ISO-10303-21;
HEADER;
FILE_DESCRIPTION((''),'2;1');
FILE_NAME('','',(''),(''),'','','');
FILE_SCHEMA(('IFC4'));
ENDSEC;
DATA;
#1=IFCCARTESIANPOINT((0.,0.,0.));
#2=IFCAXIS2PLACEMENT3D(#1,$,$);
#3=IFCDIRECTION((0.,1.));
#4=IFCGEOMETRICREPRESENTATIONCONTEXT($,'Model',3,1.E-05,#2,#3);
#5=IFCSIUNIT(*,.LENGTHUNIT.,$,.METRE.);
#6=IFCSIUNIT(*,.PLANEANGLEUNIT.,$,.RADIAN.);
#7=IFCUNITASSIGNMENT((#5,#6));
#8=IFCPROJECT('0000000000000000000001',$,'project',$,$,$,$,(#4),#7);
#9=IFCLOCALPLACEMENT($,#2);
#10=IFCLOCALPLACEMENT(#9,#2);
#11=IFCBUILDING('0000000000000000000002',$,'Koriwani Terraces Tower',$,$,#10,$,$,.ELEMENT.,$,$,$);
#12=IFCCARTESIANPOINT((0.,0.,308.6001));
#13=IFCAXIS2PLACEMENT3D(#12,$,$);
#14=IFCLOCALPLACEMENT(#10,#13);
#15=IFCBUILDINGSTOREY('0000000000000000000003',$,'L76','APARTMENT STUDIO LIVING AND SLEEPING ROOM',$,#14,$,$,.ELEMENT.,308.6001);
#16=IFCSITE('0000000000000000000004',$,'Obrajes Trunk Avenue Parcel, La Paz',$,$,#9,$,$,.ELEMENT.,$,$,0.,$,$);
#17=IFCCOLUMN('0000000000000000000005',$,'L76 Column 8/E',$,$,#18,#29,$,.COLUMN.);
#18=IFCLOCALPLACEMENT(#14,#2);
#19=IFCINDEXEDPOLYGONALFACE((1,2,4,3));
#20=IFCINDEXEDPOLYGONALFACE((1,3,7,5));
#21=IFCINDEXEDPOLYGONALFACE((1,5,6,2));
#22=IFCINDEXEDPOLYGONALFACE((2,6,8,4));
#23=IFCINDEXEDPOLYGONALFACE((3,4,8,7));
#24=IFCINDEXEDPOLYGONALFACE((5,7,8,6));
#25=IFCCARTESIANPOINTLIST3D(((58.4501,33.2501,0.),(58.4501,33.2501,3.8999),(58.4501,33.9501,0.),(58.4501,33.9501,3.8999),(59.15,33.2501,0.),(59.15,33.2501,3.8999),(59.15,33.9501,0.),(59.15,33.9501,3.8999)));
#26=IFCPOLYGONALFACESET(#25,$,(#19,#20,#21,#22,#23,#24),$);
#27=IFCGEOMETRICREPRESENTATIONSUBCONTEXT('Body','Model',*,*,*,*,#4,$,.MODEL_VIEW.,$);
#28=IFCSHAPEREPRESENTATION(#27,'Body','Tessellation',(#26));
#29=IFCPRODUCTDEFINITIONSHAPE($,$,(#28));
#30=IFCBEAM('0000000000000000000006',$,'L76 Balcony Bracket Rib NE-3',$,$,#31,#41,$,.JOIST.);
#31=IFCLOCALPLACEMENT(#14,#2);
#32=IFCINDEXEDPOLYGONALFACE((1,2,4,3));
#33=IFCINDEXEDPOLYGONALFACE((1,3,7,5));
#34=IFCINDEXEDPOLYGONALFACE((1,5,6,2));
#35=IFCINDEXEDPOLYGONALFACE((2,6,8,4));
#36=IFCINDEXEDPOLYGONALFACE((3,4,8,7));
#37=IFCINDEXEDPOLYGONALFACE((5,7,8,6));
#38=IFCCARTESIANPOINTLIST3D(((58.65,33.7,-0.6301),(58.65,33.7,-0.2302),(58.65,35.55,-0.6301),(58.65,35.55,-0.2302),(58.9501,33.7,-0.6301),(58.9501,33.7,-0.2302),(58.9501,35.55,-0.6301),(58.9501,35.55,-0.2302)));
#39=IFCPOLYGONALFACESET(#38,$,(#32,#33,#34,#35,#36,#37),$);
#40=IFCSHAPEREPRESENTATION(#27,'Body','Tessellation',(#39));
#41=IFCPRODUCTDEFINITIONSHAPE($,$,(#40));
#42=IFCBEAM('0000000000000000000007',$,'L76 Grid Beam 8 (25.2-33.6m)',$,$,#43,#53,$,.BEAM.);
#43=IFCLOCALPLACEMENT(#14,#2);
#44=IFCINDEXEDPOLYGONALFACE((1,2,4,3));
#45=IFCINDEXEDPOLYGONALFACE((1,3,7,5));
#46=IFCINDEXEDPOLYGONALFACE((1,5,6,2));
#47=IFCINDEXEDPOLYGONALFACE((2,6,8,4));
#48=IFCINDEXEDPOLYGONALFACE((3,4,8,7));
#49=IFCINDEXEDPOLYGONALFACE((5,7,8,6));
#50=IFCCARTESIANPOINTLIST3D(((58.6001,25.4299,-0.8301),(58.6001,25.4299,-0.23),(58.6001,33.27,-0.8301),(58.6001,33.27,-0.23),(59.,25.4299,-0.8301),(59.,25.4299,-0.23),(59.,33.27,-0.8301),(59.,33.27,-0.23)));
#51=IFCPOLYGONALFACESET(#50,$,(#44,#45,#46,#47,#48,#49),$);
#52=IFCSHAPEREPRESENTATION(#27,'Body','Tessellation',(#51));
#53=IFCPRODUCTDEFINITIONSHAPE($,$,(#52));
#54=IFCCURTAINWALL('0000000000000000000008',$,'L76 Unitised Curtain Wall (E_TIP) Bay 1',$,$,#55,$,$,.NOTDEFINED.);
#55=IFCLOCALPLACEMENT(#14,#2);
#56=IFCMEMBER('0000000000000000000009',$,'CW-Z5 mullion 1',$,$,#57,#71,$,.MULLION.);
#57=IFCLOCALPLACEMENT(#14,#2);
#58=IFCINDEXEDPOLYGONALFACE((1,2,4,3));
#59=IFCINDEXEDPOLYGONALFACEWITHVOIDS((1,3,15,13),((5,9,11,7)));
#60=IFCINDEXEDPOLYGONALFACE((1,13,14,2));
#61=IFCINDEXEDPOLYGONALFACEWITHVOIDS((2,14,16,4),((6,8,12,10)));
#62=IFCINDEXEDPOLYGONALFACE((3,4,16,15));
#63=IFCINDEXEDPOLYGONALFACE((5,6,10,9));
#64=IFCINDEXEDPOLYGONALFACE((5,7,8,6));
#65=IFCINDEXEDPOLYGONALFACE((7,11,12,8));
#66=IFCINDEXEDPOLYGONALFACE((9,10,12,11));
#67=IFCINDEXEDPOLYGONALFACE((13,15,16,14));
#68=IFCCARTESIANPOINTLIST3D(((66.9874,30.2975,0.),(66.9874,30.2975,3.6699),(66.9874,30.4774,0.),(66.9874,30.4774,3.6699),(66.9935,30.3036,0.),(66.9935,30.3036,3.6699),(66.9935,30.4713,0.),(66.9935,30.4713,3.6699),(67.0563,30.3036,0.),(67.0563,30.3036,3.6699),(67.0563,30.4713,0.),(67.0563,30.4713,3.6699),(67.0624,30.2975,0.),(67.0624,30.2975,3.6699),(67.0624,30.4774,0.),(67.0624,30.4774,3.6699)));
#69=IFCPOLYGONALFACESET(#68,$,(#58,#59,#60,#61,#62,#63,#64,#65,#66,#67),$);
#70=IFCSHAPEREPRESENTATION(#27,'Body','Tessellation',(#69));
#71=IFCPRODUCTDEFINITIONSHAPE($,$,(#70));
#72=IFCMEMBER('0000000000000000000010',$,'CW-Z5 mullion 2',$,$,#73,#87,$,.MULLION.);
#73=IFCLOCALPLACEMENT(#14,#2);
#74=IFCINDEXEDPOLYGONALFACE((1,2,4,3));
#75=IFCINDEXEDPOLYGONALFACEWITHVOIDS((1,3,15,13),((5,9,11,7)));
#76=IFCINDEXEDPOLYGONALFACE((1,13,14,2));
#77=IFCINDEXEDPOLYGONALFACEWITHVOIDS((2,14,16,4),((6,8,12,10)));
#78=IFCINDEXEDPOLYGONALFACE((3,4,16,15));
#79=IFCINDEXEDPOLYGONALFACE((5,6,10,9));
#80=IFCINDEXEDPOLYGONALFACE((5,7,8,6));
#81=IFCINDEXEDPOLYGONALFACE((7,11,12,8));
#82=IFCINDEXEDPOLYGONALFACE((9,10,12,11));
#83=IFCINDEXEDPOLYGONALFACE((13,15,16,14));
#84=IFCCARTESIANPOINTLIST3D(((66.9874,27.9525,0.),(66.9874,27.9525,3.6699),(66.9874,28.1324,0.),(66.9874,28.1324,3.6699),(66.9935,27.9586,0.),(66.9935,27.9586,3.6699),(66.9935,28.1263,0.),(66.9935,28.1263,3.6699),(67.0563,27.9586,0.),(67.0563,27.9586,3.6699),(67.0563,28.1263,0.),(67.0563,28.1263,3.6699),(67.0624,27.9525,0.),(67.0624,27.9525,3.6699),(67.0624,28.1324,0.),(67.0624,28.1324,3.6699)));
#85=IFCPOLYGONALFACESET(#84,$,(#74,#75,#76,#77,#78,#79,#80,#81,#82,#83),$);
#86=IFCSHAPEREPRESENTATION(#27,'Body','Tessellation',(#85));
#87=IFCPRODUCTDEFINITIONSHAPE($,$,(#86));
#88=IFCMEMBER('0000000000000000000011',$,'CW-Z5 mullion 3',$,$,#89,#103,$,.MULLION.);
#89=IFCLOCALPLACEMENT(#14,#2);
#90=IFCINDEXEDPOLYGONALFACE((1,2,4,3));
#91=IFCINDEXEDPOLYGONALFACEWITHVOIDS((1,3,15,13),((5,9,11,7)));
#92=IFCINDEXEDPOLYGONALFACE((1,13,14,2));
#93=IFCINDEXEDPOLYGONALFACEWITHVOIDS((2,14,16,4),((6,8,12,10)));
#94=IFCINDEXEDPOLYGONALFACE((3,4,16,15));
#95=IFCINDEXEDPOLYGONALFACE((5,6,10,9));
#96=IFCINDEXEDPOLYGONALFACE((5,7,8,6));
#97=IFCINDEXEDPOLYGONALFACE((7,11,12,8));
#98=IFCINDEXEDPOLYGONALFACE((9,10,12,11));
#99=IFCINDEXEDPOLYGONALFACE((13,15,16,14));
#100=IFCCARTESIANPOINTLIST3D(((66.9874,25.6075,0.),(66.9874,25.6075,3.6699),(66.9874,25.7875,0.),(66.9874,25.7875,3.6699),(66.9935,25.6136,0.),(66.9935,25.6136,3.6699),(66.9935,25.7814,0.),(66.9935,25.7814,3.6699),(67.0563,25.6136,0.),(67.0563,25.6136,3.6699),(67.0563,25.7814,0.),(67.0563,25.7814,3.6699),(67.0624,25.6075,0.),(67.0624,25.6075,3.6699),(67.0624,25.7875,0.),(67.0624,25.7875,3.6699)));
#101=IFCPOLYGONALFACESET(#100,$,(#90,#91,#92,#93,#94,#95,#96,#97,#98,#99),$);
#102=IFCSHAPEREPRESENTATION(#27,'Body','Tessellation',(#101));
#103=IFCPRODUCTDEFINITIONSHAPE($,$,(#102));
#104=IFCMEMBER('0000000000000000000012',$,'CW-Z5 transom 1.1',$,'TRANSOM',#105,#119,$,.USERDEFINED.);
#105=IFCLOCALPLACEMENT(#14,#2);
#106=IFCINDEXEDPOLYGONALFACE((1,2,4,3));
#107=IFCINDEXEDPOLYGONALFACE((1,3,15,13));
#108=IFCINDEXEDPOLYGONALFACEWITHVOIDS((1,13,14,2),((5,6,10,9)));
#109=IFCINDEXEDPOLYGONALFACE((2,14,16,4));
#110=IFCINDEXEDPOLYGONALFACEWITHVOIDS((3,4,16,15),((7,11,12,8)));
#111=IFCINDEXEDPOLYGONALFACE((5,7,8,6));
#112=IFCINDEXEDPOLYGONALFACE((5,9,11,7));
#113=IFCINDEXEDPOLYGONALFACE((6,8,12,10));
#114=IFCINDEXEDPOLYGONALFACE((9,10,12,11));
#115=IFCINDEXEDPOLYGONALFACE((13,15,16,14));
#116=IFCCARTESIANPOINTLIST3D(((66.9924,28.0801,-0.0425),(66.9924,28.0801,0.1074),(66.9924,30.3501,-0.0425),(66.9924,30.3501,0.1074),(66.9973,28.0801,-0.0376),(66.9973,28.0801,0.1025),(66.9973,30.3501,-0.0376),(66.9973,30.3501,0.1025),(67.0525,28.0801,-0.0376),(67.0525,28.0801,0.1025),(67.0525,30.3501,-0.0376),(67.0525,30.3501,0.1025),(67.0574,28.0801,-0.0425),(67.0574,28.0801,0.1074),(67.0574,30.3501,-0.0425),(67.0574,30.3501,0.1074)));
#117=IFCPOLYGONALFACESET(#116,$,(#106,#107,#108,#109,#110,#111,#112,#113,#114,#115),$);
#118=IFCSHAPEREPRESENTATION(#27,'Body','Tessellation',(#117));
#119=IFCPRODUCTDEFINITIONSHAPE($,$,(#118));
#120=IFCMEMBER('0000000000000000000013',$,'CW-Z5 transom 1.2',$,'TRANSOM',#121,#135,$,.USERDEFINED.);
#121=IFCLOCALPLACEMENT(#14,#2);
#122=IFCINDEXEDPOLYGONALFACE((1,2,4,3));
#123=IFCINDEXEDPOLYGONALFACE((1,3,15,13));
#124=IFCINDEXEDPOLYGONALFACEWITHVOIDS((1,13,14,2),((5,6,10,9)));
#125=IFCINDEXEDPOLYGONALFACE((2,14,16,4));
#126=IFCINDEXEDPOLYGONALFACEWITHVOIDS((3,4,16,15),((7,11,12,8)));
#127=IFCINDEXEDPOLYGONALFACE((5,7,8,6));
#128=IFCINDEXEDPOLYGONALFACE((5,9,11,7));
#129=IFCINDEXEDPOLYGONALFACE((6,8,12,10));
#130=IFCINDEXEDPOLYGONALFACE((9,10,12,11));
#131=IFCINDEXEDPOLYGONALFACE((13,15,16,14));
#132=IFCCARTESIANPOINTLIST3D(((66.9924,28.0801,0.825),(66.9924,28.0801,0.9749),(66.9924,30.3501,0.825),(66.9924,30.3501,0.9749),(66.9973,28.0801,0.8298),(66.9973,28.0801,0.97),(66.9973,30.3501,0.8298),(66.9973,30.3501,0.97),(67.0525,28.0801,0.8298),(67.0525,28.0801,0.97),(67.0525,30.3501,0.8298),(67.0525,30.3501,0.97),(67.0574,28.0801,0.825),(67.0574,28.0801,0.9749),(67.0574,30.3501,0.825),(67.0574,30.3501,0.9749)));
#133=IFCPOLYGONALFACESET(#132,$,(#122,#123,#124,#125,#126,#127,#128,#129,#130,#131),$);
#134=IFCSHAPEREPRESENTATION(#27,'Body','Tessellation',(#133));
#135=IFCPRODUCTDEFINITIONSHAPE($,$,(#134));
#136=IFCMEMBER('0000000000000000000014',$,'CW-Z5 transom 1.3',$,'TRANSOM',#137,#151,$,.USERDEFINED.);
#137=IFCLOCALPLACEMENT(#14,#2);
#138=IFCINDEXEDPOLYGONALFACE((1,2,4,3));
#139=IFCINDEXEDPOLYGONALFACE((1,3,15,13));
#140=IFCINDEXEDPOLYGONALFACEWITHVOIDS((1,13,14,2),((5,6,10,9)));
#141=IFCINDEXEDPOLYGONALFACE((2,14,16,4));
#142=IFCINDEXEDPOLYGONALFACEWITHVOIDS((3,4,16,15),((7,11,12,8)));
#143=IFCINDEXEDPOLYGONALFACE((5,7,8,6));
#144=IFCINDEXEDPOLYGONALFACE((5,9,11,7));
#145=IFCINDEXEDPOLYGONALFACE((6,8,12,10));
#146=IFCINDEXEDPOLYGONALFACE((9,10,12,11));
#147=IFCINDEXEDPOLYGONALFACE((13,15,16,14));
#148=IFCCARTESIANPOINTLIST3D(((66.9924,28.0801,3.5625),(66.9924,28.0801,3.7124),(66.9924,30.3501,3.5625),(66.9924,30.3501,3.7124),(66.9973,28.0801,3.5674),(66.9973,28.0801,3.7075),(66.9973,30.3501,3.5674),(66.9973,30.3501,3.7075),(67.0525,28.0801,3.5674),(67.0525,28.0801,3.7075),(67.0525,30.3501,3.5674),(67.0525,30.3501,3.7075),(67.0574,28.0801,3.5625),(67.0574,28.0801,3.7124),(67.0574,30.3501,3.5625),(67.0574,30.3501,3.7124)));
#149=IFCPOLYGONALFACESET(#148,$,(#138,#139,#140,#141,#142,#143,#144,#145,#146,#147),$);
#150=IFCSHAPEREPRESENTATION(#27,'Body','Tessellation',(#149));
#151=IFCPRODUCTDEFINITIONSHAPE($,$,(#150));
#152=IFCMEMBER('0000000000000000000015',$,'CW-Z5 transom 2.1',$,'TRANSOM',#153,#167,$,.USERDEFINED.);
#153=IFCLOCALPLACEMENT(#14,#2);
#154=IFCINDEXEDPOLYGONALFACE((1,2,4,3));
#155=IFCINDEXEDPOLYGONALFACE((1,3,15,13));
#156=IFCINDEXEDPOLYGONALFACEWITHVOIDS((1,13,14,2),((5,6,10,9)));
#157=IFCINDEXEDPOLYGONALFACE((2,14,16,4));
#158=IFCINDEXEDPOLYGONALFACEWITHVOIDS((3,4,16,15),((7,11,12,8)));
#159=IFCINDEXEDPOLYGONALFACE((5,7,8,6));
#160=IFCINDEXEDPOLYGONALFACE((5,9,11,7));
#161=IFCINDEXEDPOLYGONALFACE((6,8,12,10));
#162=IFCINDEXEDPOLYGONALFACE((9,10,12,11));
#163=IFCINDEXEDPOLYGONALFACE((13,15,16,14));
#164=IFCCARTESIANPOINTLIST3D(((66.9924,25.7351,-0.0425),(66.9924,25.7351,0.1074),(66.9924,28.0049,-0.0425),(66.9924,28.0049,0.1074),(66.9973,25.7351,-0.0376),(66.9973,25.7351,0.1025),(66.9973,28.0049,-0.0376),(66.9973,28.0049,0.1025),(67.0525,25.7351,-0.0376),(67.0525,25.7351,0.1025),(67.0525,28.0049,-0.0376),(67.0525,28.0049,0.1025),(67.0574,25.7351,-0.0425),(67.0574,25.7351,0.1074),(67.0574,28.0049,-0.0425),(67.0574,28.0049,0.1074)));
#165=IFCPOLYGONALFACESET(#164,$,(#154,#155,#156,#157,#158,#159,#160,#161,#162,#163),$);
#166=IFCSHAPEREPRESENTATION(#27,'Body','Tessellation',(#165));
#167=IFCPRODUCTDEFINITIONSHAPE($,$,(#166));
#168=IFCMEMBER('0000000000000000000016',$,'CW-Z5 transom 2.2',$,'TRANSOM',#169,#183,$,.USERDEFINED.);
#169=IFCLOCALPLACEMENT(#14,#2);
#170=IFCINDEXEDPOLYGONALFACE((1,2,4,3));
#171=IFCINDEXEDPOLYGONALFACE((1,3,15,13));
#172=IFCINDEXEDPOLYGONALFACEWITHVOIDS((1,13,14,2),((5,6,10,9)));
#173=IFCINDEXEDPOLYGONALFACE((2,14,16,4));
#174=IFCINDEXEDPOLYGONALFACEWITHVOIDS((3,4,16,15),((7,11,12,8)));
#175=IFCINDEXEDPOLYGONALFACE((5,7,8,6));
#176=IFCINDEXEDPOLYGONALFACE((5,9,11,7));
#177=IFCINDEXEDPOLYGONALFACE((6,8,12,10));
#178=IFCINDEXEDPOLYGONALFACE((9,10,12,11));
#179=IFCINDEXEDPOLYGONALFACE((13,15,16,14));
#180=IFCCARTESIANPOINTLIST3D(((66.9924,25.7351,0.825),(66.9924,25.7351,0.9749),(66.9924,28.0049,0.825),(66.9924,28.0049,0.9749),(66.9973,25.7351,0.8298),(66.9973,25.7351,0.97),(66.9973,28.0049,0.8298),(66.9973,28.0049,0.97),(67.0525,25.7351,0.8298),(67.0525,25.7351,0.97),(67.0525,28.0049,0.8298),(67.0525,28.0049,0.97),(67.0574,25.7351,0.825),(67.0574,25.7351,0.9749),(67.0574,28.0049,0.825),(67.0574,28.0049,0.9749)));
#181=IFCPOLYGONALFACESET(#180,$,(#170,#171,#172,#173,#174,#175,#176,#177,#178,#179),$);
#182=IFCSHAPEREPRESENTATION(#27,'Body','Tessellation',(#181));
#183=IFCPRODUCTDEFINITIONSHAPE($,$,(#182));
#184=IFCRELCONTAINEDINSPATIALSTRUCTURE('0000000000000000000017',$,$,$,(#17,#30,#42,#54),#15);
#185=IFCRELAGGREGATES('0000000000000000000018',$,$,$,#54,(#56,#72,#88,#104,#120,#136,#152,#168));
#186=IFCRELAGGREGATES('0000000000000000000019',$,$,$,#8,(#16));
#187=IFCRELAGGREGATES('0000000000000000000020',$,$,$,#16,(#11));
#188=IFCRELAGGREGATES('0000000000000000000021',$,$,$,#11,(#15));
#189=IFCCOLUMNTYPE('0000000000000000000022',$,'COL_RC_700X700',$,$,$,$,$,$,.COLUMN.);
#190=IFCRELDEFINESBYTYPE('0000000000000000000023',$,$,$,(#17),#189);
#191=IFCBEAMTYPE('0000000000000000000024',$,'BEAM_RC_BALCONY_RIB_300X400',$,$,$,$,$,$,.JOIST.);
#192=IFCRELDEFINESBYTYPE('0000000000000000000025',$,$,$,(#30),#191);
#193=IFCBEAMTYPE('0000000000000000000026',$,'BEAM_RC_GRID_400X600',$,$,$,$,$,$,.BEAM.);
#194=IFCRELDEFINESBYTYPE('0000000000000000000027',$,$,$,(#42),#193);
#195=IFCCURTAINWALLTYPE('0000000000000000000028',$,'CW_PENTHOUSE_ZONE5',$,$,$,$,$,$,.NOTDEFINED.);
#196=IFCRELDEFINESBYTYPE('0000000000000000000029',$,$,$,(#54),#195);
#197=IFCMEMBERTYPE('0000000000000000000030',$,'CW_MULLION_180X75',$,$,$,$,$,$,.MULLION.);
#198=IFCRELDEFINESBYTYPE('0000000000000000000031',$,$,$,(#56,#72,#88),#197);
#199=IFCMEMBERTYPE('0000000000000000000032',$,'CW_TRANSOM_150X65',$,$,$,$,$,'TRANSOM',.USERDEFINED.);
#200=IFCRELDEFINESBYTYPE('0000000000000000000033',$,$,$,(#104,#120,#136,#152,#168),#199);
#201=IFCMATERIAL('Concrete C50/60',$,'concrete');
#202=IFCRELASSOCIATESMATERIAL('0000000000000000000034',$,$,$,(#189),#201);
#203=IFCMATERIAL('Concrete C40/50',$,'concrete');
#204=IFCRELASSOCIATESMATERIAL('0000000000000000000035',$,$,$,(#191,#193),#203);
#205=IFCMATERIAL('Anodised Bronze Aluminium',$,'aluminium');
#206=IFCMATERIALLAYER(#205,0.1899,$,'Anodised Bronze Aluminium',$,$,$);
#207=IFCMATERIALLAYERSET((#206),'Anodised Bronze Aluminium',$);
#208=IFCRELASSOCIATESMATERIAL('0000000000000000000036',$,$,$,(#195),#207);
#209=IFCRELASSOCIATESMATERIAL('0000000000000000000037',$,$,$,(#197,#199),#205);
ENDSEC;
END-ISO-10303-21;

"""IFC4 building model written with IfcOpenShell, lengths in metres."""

from ifc_helpers import new_model, si_unit, direction, frame, origin, origin_2d, place, context, subcontext, project, spatial, rectangle, hollow_rectangle, extrude, material, layer, layer_set, material_profile, profile_set, type_object, element, aggregate, save


model = new_model("IFC4")

# Units and contexts
model_context = context("Model", 3, precision=1e-05, world=origin(), true_north=direction((0.0, 1.0)))
body_context = subcontext(model_context, "Body", "Model", "MODEL_VIEW")
ifc_project = project(units=[si_unit("LENGTHUNIT", "METRE"), si_unit("PLANEANGLEUNIT", "RADIAN")], contexts=[model_context])

# Site, building, storey
site_placement = place(None, origin())
site = spatial("IfcSite", under=ifc_project, at=site_placement, Name="Obrajes Trunk Avenue Parcel, La Paz", CompositionType="ELEMENT", RefElevation=0.0)
building_placement = place(site_placement, origin())
building = spatial("IfcBuilding", under=site, at=building_placement, Name="Koriwani Terraces Tower", CompositionType="ELEMENT")
storey_placement = place(building_placement, frame((0.0, 0.0, 308.6001)))
storey = spatial("IfcBuildingStorey", under=building, at=storey_placement, Name="L76", Description="APARTMENT STUDIO LIVING AND SLEEPING ROOM", CompositionType="ELEMENT", Elevation=308.6001)

# Column
ifc_material_1 = material(Name="Concrete C50/60", Category="concrete")
ifc_material_profile_1 = material_profile(ifc_material_1, rectangle(XDim=0.7, YDim=0.7, at=origin_2d()), Name="Concrete C50/60", Category="LoadBearing")
ifc_profile_set_1 = profile_set([ifc_material_profile_1], Name="Concrete C50/60")
column_type = type_object("IfcColumnType", Name="COL_RC_700X700", PredefinedType="COLUMN", material=ifc_profile_set_1)
column_placement = place(storey_placement, frame((58.8, 33.6001, 0.0), z_axis=(0.0, 0.0, 1.0), x_axis=(1.0, 0.0, 0.0)))
element("IfcColumn", 1, at=column_placement, inside=storey, type_object=column_type, Name="L76 Column 8/E", PredefinedType="COLUMN", context=body_context, shape_type="SweptSolid", body=[
    extrude(rectangle(XDim=0.7, YDim=0.7, at=origin_2d()), origin(), (0.0, 0.0, 1.0), 3.8999),
])

# Beams
ifc_material_2 = material(Name="Concrete C40/50", Category="concrete")
ifc_material_profile_2 = material_profile(ifc_material_2, rectangle(XDim=0.3, YDim=0.3999, at=origin_2d()), Name="Concrete C40/50", Category="LoadBearing")
ifc_profile_set_2 = profile_set([ifc_material_profile_2], Name="Concrete C40/50")
beam_type_1 = type_object("IfcBeamType", Name="BEAM_RC_BALCONY_RIB_300X400", PredefinedType="JOIST", material=ifc_profile_set_2)
beam_1_placement = place(storey_placement, frame((58.8, 33.7, -0.4302), z_axis=(0.0, 1.0, 0.0), x_axis=(-1.0, 0.0, 0.0)))
element("IfcBeam", 2, at=beam_1_placement, inside=storey, type_object=beam_type_1, Name="L76 Balcony Bracket Rib NE-3", PredefinedType="JOIST", context=body_context, shape_type="SweptSolid", body=[
    extrude(rectangle(XDim=0.3, YDim=0.3999, at=origin_2d()), origin(), (0.0, 0.0, 1.0), 1.8501),
])
ifc_material_profile_3 = material_profile(ifc_material_2, rectangle(XDim=0.3999, YDim=0.6001, at=origin_2d()), Name="Concrete C40/50", Category="LoadBearing")
ifc_profile_set_3 = profile_set([ifc_material_profile_3], Name="Concrete C40/50")
beam_type_2 = type_object("IfcBeamType", Name="BEAM_RC_GRID_400X600", PredefinedType="BEAM", material=ifc_profile_set_3)
beam_2_placement = place(storey_placement, frame((58.8, 25.4299, -0.53), z_axis=(0.0, 1.0, 0.0), x_axis=(-1.0, 0.0, 0.0)))
element("IfcBeam", 3, at=beam_2_placement, inside=storey, type_object=beam_type_2, Name="L76 Grid Beam 8 (25.2-33.6m)", PredefinedType="BEAM", context=body_context, shape_type="SweptSolid", body=[
    extrude(rectangle(XDim=0.3999, YDim=0.6001, at=origin_2d()), origin(), (0.0, 0.0, 1.0), 7.8401),
])

# Curtain wall, members
ifc_material_3 = material(Name="Anodised Bronze Aluminium", Category="aluminium")
ifc_layer_1 = layer(ifc_material_3, 0.1899, Name="Anodised Bronze Aluminium")
ifc_layer_set_1 = layer_set([ifc_layer_1], Name="Anodised Bronze Aluminium")
curtain_wall_type = type_object("IfcCurtainWallType", Name="CW_PENTHOUSE_ZONE5", PredefinedType="NOTDEFINED", material=ifc_layer_set_1)
curtain_wall_placement = place(storey_placement, origin())
curtain_wall = element("IfcCurtainWall", 4, at=curtain_wall_placement, inside=storey, type_object=curtain_wall_type, Name="L76 Unitised Curtain Wall (E_TIP) Bay 1", PredefinedType="NOTDEFINED")
ifc_material_profile_4 = material_profile(ifc_material_3, hollow_rectangle(XDim=0.075, YDim=0.1799, WallThickness=0.0061, at=origin_2d()), Name="Anodised Bronze Aluminium", Category="LoadBearing")
ifc_profile_set_4 = profile_set([ifc_material_profile_4], Name="Anodised Bronze Aluminium")
member_type_1 = type_object("IfcMemberType", Name="CW_MULLION_180X75", PredefinedType="MULLION", material=ifc_profile_set_4)
member_1_placement = place(storey_placement, frame((67.0249, 30.3875, 0.0), z_axis=(0.0, 0.0, 1.0), x_axis=(1.0, 0.0, 0.0)))
member_1 = element("IfcMember", 5, at=member_1_placement, type_object=member_type_1, Name="CW-Z5 mullion 1", PredefinedType="MULLION", context=body_context, shape_type="SweptSolid", body=[
    extrude(hollow_rectangle(XDim=0.075, YDim=0.1799, WallThickness=0.0061, at=origin_2d()), origin(), (0.0, 0.0, 1.0), 3.6699),
])
member_2_placement = place(storey_placement, frame((67.0249, 28.0425, 0.0), z_axis=(0.0, 0.0, 1.0), x_axis=(1.0, 0.0, 0.0)))
member_2 = element("IfcMember", 6, at=member_2_placement, type_object=member_type_1, Name="CW-Z5 mullion 2", PredefinedType="MULLION", context=body_context, shape_type="SweptSolid", body=[
    extrude(hollow_rectangle(XDim=0.075, YDim=0.1799, WallThickness=0.0061, at=origin_2d()), origin(), (0.0, 0.0, 1.0), 3.6699),
])
member_3_placement = place(storey_placement, frame((67.0249, 25.6975, 0.0), z_axis=(0.0, 0.0, 1.0), x_axis=(1.0, 0.0, 0.0)))
member_3 = element("IfcMember", 7, at=member_3_placement, type_object=member_type_1, Name="CW-Z5 mullion 3", PredefinedType="MULLION", context=body_context, shape_type="SweptSolid", body=[
    extrude(hollow_rectangle(XDim=0.075, YDim=0.1799, WallThickness=0.0061, at=origin_2d()), origin(), (0.0, 0.0, 1.0), 3.6699),
])
ifc_material_profile_5 = material_profile(ifc_material_3, hollow_rectangle(XDim=0.0649, YDim=0.1499, WallThickness=0.0049, at=origin_2d()), Name="Anodised Bronze Aluminium", Category="LoadBearing")
ifc_profile_set_5 = profile_set([ifc_material_profile_5], Name="Anodised Bronze Aluminium")
member_type_2 = type_object("IfcMemberType", Name="CW_TRANSOM_150X65", ElementType="TRANSOM", PredefinedType="USERDEFINED", material=ifc_profile_set_5)
member_4_placement = place(storey_placement, frame((67.0249, 30.3501, 0.0325), z_axis=(0.0, -1.0, 0.0), x_axis=(1.0, 0.0, 0.0)))
member_4 = element("IfcMember", 8, at=member_4_placement, type_object=member_type_2, Name="CW-Z5 transom 1.1", ObjectType="TRANSOM", PredefinedType="USERDEFINED", context=body_context, shape_type="SweptSolid", body=[
    extrude(hollow_rectangle(XDim=0.0649, YDim=0.1499, WallThickness=0.0049, at=origin_2d()), origin(), (0.0, 0.0, 1.0), 2.27),
])
member_5_placement = place(storey_placement, frame((67.0249, 30.3501, 0.8999), z_axis=(0.0, -1.0, 0.0), x_axis=(1.0, 0.0, 0.0)))
member_5 = element("IfcMember", 9, at=member_5_placement, type_object=member_type_2, Name="CW-Z5 transom 1.2", ObjectType="TRANSOM", PredefinedType="USERDEFINED", context=body_context, shape_type="SweptSolid", body=[
    extrude(hollow_rectangle(XDim=0.0649, YDim=0.1499, WallThickness=0.0049, at=origin_2d()), origin(), (0.0, 0.0, 1.0), 2.27),
])
member_6_placement = place(storey_placement, frame((67.0249, 30.3501, 3.6375), z_axis=(0.0, -1.0, 0.0), x_axis=(1.0, 0.0, 0.0)))
member_6 = element("IfcMember", 10, at=member_6_placement, type_object=member_type_2, Name="CW-Z5 transom 1.3", ObjectType="TRANSOM", PredefinedType="USERDEFINED", context=body_context, shape_type="SweptSolid", body=[
    extrude(hollow_rectangle(XDim=0.0649, YDim=0.1499, WallThickness=0.0049, at=origin_2d()), origin(), (0.0, 0.0, 1.0), 2.27),
])
member_7_placement = place(storey_placement, frame((67.0249, 28.0049, 0.0325), z_axis=(0.0, -1.0, 0.0), x_axis=(1.0, 0.0, 0.0)))
member_7 = element("IfcMember", 11, at=member_7_placement, type_object=member_type_2, Name="CW-Z5 transom 2.1", ObjectType="TRANSOM", PredefinedType="USERDEFINED", context=body_context, shape_type="SweptSolid", body=[
    extrude(hollow_rectangle(XDim=0.0649, YDim=0.1499, WallThickness=0.0049, at=origin_2d()), origin(), (0.0, 0.0, 1.0), 2.2698),
])
member_8_placement = place(storey_placement, frame((67.0249, 28.0049, 0.8999), z_axis=(0.0, -1.0, 0.0), x_axis=(1.0, 0.0, 0.0)))
member_8 = element("IfcMember", 12, at=member_8_placement, type_object=member_type_2, Name="CW-Z5 transom 2.2", ObjectType="TRANSOM", PredefinedType="USERDEFINED", context=body_context, shape_type="SweptSolid", body=[
    extrude(hollow_rectangle(XDim=0.0649, YDim=0.1499, WallThickness=0.0049, at=origin_2d()), origin(), (0.0, 0.0, 1.0), 2.2698),
])
aggregate(curtain_wall, [member_1, member_2, member_3, member_4, member_5, member_6, member_7, member_8])

save(model, "model.ifc")
